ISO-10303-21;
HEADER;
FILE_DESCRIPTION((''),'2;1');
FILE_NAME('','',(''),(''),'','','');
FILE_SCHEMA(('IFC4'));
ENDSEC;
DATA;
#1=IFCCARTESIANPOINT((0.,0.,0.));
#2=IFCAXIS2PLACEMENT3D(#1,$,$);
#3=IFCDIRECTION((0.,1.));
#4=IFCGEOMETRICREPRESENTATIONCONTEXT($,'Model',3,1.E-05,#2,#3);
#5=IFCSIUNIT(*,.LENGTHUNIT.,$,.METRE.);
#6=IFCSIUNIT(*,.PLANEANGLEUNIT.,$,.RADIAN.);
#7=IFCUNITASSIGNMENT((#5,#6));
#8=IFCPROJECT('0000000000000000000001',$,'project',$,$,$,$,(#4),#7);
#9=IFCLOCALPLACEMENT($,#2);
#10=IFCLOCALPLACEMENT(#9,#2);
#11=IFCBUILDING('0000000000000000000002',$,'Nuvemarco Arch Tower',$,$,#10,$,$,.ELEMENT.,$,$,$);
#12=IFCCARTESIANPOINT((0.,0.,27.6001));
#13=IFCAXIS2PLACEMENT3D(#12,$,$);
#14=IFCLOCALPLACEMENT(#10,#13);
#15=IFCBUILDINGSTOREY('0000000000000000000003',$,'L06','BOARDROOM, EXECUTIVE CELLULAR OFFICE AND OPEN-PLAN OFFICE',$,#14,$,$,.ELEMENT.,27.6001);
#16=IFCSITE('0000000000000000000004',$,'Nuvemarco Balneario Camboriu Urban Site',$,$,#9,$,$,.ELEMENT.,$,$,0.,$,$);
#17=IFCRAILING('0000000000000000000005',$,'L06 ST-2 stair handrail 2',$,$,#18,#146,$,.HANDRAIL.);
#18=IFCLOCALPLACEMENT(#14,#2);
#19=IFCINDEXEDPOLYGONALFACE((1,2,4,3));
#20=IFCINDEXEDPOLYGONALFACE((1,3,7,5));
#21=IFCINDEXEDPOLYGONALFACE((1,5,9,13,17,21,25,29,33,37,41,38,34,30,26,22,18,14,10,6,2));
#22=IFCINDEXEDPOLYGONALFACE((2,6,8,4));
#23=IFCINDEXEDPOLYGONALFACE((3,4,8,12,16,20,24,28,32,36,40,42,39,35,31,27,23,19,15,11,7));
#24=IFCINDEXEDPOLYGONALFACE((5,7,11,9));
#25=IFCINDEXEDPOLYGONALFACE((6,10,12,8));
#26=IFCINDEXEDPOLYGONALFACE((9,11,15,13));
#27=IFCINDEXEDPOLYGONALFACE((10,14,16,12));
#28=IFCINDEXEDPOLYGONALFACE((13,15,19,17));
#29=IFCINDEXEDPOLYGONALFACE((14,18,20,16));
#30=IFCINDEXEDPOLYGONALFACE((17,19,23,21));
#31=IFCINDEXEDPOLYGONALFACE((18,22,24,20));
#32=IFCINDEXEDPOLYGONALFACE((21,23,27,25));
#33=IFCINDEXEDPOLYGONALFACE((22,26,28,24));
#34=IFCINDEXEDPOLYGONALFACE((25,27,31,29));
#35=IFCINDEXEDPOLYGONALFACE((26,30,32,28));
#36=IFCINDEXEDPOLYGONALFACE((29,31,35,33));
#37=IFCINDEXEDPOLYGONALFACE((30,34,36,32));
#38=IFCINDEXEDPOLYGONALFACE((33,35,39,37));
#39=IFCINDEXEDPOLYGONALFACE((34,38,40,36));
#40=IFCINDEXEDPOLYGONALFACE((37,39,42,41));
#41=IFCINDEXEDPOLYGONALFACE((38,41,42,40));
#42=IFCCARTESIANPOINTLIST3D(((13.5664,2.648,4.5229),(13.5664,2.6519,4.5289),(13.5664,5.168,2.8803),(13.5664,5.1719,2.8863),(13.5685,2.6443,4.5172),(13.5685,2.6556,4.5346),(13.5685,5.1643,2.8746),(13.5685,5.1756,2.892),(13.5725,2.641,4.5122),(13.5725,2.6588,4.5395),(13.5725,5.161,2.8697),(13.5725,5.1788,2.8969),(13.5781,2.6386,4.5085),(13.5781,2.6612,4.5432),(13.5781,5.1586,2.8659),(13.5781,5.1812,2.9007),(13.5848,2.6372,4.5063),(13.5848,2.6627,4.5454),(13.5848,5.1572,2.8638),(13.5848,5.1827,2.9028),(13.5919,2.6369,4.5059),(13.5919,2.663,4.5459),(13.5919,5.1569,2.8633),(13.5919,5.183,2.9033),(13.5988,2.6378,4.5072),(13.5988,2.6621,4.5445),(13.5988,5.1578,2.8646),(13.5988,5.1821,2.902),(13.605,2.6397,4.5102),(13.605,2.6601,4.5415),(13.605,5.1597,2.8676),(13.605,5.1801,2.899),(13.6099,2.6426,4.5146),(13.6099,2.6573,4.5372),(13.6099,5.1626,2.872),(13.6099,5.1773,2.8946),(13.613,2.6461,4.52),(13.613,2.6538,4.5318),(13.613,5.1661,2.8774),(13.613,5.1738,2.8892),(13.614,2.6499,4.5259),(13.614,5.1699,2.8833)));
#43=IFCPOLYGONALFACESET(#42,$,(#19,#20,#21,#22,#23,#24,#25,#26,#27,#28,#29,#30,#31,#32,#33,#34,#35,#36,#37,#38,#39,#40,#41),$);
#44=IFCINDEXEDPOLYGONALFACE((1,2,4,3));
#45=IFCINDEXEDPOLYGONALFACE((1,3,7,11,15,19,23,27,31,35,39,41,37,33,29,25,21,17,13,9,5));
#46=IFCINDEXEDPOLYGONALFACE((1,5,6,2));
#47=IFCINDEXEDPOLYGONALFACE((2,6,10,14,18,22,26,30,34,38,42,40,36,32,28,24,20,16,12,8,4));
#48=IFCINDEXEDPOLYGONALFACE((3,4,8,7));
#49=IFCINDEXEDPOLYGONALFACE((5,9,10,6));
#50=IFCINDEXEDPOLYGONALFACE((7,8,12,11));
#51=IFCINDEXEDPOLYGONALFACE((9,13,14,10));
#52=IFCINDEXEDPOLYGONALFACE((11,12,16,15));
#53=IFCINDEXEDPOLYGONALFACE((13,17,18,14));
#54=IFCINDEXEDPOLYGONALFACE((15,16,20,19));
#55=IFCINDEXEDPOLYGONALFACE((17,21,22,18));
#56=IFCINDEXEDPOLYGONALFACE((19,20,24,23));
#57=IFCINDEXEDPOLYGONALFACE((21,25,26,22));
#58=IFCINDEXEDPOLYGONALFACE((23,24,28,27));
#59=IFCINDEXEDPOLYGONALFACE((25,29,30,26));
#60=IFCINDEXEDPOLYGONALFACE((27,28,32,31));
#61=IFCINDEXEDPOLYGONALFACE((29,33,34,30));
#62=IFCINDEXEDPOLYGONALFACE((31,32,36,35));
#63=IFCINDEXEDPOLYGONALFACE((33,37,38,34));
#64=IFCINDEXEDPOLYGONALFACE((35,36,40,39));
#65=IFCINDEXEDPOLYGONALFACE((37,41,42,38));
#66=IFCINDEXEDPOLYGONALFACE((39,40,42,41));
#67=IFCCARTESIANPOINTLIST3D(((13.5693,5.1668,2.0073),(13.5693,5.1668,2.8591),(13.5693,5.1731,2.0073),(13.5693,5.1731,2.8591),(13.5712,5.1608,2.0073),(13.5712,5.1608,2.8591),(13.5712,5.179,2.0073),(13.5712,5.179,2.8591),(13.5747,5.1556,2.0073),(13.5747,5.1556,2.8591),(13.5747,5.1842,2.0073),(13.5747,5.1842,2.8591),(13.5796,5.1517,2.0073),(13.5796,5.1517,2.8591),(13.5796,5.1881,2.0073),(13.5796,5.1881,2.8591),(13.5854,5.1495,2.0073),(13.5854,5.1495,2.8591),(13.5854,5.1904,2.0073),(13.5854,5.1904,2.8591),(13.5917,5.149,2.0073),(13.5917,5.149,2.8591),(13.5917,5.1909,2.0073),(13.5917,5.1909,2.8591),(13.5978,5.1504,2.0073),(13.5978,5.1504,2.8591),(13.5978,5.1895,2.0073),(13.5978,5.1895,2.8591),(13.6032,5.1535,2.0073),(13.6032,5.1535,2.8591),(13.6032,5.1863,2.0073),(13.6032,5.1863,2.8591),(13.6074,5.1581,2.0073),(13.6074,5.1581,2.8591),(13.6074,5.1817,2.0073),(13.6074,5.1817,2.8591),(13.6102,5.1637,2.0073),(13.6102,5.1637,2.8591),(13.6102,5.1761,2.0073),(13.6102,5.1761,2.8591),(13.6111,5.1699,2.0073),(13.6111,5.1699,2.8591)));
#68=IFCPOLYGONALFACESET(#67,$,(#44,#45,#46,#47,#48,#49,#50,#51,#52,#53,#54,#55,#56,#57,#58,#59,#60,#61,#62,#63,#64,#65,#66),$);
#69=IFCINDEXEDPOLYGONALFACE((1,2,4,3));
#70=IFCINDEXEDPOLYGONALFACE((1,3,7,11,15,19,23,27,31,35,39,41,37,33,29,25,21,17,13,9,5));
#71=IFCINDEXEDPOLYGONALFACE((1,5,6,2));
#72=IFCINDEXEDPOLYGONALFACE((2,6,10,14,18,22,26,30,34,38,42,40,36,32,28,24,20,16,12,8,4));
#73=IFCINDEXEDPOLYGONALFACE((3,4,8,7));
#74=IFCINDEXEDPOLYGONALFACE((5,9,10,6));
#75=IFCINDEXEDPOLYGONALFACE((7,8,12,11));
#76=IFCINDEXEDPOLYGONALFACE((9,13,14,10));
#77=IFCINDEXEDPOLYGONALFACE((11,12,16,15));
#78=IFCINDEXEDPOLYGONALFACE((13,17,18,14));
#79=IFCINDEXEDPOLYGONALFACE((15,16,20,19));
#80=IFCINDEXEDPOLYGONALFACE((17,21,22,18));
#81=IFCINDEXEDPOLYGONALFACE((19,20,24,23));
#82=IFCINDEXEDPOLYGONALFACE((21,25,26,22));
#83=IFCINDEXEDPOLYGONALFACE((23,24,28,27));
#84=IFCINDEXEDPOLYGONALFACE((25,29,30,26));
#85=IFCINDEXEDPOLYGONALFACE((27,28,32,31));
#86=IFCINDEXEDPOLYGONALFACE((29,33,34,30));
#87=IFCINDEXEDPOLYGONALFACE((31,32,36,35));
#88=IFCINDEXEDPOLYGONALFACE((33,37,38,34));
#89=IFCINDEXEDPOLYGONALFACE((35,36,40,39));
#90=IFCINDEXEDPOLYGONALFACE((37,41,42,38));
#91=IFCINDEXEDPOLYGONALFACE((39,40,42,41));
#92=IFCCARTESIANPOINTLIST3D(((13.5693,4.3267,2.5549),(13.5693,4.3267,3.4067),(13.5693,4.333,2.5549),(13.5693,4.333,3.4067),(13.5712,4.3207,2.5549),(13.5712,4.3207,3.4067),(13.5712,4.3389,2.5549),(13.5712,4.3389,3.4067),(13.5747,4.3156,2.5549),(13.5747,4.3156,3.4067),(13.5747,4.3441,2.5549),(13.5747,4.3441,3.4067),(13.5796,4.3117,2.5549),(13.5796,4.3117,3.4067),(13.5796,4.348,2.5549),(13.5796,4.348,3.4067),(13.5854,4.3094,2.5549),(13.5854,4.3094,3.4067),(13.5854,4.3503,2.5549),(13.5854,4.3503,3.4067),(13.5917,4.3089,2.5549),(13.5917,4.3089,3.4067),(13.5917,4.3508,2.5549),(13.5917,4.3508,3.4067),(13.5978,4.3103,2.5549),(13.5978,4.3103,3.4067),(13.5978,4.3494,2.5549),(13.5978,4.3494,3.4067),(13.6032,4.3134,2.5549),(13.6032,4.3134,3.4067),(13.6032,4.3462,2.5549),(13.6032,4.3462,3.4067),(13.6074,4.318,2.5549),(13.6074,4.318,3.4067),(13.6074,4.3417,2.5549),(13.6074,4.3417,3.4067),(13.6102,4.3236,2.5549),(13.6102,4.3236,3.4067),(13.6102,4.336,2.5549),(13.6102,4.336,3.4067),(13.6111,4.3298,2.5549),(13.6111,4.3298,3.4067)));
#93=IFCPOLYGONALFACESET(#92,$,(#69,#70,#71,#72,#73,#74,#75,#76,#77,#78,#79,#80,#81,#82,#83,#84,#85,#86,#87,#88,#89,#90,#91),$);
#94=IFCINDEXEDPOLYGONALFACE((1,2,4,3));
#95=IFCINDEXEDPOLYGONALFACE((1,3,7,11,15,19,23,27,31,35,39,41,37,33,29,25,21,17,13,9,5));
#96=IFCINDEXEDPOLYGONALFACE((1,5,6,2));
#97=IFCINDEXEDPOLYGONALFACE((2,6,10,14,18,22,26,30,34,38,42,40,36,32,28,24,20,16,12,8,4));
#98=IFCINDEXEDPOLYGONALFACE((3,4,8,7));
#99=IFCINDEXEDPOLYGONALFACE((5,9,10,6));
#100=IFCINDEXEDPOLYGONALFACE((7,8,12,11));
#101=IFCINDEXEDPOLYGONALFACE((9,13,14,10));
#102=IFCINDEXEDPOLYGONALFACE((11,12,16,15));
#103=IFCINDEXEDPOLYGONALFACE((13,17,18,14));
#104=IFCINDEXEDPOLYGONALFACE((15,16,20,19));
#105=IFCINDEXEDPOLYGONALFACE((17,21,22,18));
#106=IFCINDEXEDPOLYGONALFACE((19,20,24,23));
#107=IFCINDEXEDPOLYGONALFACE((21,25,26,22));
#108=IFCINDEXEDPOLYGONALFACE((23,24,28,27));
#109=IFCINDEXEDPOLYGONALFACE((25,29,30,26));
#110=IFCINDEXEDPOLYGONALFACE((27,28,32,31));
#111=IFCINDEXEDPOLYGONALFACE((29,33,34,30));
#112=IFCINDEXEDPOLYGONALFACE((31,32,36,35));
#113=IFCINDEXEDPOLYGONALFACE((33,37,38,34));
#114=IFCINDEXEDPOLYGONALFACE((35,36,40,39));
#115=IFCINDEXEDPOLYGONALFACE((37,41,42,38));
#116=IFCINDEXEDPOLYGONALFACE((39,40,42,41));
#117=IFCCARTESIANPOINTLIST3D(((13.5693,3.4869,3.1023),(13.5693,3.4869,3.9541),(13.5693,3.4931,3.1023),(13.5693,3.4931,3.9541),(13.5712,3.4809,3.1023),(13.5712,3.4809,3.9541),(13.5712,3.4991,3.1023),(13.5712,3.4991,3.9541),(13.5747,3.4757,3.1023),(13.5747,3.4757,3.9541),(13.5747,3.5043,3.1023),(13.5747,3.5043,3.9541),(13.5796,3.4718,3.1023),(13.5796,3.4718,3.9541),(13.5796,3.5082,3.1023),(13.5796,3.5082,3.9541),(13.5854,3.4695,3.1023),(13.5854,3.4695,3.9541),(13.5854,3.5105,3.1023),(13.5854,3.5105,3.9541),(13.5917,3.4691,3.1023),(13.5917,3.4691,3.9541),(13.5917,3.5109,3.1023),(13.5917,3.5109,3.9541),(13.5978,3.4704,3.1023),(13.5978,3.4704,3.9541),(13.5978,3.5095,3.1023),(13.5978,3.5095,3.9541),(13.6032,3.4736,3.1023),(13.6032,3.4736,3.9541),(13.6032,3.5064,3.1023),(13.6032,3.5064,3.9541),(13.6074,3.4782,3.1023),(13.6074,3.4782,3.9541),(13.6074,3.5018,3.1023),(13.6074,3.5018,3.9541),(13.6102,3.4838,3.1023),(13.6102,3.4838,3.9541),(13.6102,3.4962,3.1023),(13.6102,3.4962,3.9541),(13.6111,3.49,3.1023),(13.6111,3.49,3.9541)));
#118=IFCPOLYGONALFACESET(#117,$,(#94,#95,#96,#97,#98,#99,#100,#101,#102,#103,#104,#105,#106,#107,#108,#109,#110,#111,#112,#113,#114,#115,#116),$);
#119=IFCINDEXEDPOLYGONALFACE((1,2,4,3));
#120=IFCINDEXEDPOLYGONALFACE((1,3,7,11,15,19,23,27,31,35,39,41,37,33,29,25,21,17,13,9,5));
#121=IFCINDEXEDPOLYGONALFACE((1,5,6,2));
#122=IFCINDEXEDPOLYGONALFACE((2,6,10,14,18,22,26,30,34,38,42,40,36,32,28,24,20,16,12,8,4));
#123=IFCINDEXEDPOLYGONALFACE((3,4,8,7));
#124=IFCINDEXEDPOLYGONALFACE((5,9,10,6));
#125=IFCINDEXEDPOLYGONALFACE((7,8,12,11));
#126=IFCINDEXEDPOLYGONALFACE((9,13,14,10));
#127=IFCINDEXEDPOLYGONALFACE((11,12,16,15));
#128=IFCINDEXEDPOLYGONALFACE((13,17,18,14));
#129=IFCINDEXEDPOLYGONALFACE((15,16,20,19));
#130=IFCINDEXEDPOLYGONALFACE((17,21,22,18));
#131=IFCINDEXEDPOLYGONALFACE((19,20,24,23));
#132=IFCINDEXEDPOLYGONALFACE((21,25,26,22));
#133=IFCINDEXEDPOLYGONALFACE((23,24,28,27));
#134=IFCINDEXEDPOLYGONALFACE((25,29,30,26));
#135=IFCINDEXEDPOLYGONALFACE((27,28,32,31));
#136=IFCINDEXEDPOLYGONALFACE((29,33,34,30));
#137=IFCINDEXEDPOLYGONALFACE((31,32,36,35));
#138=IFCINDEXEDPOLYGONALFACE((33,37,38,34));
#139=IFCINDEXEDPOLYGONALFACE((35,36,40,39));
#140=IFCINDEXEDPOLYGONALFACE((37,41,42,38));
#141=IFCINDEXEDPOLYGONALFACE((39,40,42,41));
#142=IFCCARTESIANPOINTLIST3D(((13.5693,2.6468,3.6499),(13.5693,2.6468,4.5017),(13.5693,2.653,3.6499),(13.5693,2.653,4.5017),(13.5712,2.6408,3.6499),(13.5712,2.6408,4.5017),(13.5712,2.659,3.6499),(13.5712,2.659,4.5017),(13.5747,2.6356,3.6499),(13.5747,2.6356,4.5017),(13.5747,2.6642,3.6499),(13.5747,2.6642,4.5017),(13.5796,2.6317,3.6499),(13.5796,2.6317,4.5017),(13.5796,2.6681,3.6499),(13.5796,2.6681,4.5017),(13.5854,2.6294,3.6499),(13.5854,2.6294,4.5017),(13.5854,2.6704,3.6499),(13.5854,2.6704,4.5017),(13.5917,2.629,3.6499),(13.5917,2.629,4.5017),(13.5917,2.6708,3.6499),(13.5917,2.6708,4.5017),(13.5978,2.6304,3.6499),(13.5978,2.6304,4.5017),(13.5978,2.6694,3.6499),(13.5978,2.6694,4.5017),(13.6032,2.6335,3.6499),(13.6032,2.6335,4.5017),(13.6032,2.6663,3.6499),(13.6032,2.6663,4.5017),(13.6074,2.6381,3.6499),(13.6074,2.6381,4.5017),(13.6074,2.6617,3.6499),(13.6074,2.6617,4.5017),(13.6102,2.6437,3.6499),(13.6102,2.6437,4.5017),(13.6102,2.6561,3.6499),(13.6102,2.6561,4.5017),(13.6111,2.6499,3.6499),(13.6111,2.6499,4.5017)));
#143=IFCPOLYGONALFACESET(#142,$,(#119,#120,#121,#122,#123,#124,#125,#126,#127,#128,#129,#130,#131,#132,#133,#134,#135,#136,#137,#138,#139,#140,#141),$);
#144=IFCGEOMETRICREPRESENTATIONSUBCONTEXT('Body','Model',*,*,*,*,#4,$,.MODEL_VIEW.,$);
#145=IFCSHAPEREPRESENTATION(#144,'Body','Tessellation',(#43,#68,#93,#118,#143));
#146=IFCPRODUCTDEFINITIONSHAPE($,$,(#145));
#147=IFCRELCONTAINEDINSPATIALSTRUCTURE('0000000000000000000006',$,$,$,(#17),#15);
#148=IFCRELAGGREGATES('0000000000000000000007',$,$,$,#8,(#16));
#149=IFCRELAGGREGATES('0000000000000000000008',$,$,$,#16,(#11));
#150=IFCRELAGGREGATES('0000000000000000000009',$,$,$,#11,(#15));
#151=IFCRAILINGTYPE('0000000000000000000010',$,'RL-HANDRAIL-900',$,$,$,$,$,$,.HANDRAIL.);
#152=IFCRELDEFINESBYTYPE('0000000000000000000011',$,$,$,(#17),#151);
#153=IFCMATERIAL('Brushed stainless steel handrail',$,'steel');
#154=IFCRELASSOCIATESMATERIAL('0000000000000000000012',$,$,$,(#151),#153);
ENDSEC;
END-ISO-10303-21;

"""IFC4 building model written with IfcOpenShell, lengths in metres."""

from ifc_helpers import new_model, si_unit, direction, frame, origin, origin_2d, place, context, subcontext, project, spatial, circle, extrude, material, type_object, element, save


model = new_model("IFC4")

# Units and contexts
model_context = context("Model", 3, precision=1e-05, world=origin(), true_north=direction((0.0, 1.0)))
body_context = subcontext(model_context, "Body", "Model", "MODEL_VIEW")
ifc_project = project(units=[si_unit("LENGTHUNIT", "METRE"), si_unit("PLANEANGLEUNIT", "RADIAN")], contexts=[model_context])

# Site, building, storey
site_placement = place(None, origin())
site = spatial("IfcSite", under=ifc_project, at=site_placement, Name="Nuvemarco Balneario Camboriu Urban Site", CompositionType="ELEMENT", RefElevation=0.0)
building_placement = place(site_placement, origin())
building = spatial("IfcBuilding", under=site, at=building_placement, Name="Nuvemarco Arch Tower", CompositionType="ELEMENT")
storey_placement = place(building_placement, frame((0.0, 0.0, 27.6001)))
storey = spatial("IfcBuildingStorey", under=building, at=storey_placement, Name="L06", Description="BOARDROOM, EXECUTIVE CELLULAR OFFICE AND OPEN-PLAN OFFICE", CompositionType="ELEMENT", Elevation=27.6001)

# Railing
ifc_material_1 = material(Name="Brushed stainless steel handrail", Category="steel")
railing_type_1 = type_object("IfcRailingType", Name="RL-HANDRAIL-900", PredefinedType="HANDRAIL", material=ifc_material_1)
railing_1_placement = place(storey_placement, frame((13.5901, 5.1699, 2.0073)))
element("IfcRailing", 1, at=railing_1_placement, inside=storey, type_object=railing_type_1, Name="L06 ST-2 stair handrail 2", PredefinedType="HANDRAIL", context=body_context, shape_type="SweptSolid", body=[
    extrude(circle(Radius=0.0239, at=origin_2d()), frame((0.0, 0.0, 0.876), z_axis=(0.0, -0.837749, 0.546055), x_axis=(1.0, 0.0, 0.0)), (0.0, 0.0, 1.0), 3.0081),
    extrude(circle(Radius=0.021, at=origin_2d()), origin(), (0.0, 0.0, 1.0), 0.8518),
    extrude(circle(Radius=0.021, at=origin_2d()), frame((0.0, -0.8401, 0.5476)), (0.0, 0.0, 1.0), 0.8518),
    extrude(circle(Radius=0.021, at=origin_2d()), frame((0.0, -1.6799, 1.095)), (0.0, 0.0, 1.0), 0.8518),
    extrude(circle(Radius=0.021, at=origin_2d()), frame((0.0, -2.52, 1.6426)), (0.0, 0.0, 1.0), 0.8518),
])

save(model, "model.ifc")
